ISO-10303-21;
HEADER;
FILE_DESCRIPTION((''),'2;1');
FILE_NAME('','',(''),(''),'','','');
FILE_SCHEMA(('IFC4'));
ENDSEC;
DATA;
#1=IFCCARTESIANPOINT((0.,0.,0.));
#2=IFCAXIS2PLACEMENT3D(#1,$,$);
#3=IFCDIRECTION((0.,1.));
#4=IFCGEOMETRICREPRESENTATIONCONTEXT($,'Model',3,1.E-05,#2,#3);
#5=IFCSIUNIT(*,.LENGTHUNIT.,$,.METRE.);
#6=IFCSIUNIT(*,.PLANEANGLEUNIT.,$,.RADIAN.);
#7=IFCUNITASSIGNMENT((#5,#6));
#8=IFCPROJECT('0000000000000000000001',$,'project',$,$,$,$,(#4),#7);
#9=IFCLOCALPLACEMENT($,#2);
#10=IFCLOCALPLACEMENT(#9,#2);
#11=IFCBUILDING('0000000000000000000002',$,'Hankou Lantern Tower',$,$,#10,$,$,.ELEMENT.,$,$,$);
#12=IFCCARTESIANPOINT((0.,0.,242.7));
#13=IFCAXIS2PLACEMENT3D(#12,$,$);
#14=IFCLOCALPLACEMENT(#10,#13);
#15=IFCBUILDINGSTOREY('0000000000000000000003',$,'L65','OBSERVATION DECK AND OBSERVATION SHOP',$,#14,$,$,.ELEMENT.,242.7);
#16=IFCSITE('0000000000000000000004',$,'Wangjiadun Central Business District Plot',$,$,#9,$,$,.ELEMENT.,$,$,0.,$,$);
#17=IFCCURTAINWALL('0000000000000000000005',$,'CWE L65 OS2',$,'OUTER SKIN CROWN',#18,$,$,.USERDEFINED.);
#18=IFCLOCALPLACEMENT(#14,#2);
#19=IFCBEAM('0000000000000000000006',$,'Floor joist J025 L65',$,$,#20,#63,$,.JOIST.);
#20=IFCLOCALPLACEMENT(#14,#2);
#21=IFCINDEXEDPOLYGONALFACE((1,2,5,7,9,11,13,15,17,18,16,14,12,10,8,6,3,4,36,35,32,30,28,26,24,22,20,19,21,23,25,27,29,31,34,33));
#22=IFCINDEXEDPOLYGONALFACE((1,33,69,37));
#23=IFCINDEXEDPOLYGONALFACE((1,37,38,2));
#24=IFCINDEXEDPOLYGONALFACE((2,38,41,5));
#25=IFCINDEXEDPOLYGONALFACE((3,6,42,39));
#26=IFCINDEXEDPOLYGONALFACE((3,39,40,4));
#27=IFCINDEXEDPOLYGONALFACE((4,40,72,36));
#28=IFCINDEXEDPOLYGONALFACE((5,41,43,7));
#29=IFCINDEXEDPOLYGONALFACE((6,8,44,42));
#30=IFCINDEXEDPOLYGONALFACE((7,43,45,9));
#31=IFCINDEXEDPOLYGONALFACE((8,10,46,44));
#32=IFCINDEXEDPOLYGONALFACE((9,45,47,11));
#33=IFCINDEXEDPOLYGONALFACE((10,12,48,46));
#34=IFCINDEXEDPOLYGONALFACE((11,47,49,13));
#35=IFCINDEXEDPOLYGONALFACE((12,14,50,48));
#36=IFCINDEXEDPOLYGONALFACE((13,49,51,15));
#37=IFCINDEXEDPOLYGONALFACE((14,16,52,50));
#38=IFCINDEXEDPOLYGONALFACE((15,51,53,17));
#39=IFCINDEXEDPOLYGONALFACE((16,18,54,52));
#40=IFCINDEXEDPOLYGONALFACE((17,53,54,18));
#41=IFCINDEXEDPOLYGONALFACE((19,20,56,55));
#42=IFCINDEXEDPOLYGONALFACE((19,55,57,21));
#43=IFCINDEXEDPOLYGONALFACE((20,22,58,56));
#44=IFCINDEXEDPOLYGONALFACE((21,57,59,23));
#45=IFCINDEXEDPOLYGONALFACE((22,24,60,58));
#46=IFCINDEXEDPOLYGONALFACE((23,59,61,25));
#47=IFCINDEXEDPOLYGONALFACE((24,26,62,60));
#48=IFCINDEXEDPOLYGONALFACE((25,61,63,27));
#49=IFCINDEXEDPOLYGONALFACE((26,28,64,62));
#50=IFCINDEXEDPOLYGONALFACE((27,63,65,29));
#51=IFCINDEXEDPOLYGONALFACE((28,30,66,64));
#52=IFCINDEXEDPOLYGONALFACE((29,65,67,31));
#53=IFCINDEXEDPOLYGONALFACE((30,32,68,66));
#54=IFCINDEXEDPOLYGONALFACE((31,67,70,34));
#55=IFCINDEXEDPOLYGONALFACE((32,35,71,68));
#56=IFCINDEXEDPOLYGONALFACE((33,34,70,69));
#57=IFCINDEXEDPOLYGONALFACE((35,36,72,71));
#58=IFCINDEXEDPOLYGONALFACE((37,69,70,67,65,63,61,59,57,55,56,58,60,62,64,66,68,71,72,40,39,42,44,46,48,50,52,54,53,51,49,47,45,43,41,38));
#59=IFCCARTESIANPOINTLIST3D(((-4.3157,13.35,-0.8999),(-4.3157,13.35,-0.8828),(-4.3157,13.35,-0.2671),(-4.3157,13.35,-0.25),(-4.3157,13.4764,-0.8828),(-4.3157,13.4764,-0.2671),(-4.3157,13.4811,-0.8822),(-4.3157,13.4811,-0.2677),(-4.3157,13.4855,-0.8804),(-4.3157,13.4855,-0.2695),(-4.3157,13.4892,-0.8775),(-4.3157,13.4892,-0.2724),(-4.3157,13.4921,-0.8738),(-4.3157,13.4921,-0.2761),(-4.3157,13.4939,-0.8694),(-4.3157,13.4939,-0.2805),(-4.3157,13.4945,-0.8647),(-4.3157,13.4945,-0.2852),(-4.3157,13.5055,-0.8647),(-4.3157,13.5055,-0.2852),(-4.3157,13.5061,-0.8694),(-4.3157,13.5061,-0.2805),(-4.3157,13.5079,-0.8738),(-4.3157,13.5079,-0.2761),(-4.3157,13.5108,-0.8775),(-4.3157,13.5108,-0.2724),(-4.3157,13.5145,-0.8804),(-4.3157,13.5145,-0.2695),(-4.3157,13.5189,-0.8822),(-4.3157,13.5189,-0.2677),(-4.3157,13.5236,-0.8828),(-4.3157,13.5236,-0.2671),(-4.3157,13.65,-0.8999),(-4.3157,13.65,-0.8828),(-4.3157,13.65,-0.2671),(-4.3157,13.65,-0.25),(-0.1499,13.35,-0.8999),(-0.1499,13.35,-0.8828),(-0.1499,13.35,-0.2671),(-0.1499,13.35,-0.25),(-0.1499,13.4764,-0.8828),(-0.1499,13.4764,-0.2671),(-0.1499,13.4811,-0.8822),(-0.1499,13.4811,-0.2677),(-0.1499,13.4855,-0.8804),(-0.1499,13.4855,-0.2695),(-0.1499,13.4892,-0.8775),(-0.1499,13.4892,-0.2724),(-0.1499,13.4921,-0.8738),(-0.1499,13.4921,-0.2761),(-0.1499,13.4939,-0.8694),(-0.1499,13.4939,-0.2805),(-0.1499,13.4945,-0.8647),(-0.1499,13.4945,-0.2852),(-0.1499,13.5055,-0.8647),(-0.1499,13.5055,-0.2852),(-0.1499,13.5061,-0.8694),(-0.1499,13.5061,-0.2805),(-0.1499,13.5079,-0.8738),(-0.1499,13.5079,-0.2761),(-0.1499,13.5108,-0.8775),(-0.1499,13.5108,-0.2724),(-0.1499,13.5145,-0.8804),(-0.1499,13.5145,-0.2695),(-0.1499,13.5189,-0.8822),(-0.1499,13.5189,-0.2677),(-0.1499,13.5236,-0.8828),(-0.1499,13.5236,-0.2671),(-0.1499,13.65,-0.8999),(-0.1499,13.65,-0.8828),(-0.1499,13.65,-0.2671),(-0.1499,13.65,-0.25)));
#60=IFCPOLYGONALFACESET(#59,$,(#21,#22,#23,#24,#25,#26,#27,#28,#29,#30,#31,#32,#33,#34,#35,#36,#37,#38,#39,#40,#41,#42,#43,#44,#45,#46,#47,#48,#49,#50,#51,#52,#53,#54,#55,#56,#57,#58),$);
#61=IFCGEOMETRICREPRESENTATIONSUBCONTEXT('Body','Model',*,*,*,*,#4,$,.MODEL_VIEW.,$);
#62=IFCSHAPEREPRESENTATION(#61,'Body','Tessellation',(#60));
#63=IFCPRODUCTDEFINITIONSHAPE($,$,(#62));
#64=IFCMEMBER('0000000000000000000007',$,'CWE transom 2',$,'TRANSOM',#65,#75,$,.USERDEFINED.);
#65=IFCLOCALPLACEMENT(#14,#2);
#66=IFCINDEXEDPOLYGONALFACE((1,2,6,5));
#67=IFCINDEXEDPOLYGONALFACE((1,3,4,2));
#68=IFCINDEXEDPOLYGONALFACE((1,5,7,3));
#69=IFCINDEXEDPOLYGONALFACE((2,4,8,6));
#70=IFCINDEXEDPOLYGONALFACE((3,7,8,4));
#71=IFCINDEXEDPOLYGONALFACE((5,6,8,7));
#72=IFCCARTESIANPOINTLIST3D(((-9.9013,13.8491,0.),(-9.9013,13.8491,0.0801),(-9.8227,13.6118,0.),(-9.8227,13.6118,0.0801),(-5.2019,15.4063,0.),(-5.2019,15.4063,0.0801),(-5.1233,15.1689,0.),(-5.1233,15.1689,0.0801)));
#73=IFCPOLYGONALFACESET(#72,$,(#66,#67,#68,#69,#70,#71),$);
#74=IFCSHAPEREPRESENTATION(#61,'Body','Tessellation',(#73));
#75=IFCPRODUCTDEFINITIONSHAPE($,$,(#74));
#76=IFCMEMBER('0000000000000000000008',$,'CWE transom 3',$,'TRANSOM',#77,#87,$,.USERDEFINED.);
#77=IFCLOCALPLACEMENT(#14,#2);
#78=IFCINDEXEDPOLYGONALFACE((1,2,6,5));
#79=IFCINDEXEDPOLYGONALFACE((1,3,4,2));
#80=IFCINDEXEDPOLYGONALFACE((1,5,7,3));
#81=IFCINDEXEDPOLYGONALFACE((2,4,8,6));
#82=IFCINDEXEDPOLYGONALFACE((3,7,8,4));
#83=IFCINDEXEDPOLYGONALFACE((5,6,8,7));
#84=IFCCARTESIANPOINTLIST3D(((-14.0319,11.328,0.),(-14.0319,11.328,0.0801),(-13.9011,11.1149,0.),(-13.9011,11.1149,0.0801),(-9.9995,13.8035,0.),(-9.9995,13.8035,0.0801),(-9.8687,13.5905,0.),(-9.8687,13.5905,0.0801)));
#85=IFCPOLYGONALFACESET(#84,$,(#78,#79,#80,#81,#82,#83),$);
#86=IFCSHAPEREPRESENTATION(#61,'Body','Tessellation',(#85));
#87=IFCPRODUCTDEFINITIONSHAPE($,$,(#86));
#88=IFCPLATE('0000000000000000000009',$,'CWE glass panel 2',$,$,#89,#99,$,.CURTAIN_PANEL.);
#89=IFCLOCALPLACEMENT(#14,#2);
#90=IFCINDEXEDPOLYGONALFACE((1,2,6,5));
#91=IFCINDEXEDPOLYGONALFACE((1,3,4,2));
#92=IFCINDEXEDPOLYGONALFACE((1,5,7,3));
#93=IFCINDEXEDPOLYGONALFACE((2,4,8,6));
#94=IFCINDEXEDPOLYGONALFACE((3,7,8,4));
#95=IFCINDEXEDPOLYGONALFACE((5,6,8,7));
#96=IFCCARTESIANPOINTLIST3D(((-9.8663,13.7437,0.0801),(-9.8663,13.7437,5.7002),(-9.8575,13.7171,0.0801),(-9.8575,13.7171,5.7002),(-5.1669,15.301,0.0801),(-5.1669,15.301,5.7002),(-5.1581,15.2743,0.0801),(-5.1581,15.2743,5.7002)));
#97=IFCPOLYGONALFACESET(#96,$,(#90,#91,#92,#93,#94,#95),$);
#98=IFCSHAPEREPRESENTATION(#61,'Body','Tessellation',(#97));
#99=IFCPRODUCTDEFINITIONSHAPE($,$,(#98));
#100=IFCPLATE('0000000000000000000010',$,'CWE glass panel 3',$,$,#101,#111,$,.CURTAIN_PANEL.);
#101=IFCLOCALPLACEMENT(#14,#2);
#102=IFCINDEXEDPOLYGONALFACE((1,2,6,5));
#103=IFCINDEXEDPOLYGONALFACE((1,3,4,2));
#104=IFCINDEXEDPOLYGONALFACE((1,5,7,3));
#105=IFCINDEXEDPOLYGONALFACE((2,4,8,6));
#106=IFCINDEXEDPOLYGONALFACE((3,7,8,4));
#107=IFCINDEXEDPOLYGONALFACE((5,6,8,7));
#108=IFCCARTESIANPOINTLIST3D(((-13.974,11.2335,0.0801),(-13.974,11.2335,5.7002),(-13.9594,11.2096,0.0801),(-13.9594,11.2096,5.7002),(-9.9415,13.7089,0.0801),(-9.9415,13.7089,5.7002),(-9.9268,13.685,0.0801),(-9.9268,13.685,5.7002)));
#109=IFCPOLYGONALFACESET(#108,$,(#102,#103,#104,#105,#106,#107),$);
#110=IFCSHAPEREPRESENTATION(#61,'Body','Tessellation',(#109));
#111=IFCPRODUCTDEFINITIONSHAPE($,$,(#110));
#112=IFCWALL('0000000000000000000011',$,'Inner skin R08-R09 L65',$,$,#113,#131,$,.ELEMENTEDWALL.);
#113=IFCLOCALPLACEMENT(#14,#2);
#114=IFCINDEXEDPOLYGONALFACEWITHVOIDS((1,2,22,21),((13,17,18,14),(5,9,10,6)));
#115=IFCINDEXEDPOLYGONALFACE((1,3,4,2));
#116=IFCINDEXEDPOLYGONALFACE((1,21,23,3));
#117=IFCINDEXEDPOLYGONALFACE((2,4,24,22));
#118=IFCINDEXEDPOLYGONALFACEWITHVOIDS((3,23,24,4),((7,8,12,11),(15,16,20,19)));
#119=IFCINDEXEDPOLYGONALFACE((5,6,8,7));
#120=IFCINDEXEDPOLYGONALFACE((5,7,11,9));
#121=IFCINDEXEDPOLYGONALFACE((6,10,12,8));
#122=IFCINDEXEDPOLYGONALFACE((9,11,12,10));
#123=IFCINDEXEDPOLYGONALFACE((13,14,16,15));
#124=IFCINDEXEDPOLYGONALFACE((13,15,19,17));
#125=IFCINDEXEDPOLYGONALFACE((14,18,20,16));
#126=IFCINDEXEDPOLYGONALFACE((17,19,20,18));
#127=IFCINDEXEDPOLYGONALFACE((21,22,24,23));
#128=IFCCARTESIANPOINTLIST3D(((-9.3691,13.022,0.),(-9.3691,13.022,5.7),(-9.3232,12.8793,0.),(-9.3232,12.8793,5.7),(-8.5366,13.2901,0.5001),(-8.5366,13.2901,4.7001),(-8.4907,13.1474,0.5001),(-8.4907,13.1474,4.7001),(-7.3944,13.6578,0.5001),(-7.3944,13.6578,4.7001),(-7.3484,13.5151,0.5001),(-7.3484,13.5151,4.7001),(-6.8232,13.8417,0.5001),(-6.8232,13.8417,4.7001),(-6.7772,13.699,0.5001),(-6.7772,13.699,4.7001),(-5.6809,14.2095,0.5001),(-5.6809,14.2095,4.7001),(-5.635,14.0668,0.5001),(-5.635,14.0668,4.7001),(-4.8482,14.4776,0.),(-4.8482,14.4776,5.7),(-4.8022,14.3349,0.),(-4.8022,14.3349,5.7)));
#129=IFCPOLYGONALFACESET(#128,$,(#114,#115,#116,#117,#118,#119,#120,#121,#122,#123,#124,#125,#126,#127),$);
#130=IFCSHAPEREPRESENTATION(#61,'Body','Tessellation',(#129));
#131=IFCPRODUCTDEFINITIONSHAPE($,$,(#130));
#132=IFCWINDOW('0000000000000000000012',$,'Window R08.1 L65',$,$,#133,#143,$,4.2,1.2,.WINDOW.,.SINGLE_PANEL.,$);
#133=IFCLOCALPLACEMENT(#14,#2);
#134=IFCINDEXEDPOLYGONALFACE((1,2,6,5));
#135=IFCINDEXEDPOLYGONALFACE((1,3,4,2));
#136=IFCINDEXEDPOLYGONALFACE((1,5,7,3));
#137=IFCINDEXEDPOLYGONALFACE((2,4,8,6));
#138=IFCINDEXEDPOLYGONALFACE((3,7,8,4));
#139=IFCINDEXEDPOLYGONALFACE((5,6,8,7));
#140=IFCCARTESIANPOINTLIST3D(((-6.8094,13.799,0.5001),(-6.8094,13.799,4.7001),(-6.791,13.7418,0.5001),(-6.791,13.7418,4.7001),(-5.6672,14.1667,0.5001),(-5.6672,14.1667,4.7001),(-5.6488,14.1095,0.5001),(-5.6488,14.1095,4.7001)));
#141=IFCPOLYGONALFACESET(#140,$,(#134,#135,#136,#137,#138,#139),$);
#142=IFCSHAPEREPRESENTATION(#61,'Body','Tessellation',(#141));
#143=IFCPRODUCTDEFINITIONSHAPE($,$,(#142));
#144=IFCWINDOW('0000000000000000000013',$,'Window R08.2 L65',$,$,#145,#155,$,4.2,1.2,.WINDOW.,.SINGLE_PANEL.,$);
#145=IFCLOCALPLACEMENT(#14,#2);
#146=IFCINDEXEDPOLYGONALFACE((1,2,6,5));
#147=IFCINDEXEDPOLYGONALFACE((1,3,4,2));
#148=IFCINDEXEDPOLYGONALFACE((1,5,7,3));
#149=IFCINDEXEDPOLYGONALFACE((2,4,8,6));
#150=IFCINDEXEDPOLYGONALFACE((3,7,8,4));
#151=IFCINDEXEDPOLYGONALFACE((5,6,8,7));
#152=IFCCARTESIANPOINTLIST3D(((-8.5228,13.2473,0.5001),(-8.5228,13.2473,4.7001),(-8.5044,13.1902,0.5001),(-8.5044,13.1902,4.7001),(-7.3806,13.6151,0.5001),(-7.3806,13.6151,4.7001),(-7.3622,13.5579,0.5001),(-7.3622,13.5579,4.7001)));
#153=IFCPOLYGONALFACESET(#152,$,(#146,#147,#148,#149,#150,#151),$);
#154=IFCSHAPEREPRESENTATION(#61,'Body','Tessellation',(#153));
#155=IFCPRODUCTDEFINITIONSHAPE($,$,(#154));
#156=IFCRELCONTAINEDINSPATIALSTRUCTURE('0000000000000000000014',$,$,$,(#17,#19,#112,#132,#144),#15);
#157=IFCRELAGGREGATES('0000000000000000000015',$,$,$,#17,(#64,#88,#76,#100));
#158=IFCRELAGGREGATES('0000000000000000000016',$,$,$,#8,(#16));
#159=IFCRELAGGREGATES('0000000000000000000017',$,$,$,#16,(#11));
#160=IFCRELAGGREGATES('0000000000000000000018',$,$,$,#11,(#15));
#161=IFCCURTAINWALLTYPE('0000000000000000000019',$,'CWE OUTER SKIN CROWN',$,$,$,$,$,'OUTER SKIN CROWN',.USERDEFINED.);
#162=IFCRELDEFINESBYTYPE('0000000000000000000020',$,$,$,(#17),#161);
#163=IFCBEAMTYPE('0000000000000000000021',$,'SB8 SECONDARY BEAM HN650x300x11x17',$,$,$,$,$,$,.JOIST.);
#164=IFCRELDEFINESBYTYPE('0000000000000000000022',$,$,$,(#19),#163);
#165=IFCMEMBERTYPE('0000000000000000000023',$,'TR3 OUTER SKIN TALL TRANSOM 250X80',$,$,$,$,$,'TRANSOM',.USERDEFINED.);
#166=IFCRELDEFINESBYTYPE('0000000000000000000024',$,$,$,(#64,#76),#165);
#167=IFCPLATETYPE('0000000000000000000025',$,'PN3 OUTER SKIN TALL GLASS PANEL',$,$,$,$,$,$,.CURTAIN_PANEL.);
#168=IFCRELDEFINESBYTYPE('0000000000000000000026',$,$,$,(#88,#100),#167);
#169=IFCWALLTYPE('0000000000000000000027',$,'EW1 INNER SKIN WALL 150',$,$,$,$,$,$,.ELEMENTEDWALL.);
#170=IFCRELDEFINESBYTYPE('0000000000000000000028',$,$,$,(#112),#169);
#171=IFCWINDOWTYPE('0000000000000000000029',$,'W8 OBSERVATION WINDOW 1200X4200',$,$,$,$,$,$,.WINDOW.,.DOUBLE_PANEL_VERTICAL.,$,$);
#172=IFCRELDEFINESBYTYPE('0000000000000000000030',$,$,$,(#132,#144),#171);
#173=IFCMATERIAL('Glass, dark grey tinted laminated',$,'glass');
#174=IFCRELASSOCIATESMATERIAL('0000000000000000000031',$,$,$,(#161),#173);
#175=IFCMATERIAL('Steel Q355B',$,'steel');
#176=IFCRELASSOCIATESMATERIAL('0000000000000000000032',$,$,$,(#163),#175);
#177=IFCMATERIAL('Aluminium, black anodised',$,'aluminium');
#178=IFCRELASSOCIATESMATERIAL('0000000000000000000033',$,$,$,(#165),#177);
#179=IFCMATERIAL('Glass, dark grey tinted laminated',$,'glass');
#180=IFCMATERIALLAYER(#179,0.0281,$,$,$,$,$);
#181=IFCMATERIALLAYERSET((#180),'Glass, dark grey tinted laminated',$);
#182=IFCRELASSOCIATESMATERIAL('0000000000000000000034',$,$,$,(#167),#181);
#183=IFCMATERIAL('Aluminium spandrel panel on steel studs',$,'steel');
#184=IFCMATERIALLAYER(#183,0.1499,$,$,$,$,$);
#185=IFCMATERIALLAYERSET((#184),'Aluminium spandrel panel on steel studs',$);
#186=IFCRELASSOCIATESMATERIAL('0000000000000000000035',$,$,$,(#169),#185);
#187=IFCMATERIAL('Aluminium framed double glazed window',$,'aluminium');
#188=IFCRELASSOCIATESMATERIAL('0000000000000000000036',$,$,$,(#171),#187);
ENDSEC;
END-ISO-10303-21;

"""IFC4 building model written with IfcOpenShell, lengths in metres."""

from ifc_helpers import new_model, si_unit, direction, frame, frame_2d, origin, origin_2d, place, context, subcontext, project, spatial, rectangle, i_section, extrude, material, layer, layer_set, material_profile, profile_set, type_object, element, fill, aggregate, save


model = new_model("IFC4")

# Units and contexts
model_context = context("Model", 3, precision=1e-05, world=origin(), true_north=direction((0.0, 1.0)))
body_context = subcontext(model_context, "Body", "Model", "MODEL_VIEW")
ifc_project = project(units=[si_unit("LENGTHUNIT", "METRE"), si_unit("PLANEANGLEUNIT", "RADIAN")], contexts=[model_context])

# Site, building, storey
site_placement = place(None, origin())
site = spatial("IfcSite", under=ifc_project, at=site_placement, Name="Wangjiadun Central Business District Plot", CompositionType="ELEMENT", RefElevation=0.0)
building_placement = place(site_placement, origin())
building = spatial("IfcBuilding", under=site, at=building_placement, Name="Hankou Lantern Tower", CompositionType="ELEMENT")
storey_placement = place(building_placement, frame((0.0, 0.0, 242.7)))
storey = spatial("IfcBuildingStorey", under=building, at=storey_placement, Name="L65", Description="OBSERVATION DECK AND OBSERVATION SHOP", CompositionType="ELEMENT", Elevation=242.7)

# Curtain wall
ifc_material_1 = material(Name="Glass, dark grey tinted laminated", Category="glass")
curtain_wall_type = type_object("IfcCurtainWallType", Name="CWE OUTER SKIN CROWN", ElementType="OUTER SKIN CROWN", PredefinedType="USERDEFINED", material=ifc_material_1)
curtain_wall_placement = place(storey_placement, origin())
curtain_wall = element("IfcCurtainWall", 1, at=curtain_wall_placement, inside=storey, type_object=curtain_wall_type, Name="CWE L65 OS2", ObjectType="OUTER SKIN CROWN", PredefinedType="USERDEFINED")

# Beam
ifc_material_2 = material(Name="Steel Q355B", Category="steel")
ifc_material_profile_1 = material_profile(ifc_material_2, i_section(OverallWidth=0.3, OverallDepth=0.6499, WebThickness=0.011, FlangeThickness=0.0171, FilletRadius=0.0181, at=origin_2d()), Name="HN650x300x11x17")
ifc_profile_set_1 = profile_set([ifc_material_profile_1], Name="Steel Q355B")
beam_type_1 = type_object("IfcBeamType", Name="SB8 SECONDARY BEAM HN650x300x11x17", PredefinedType="JOIST", material=ifc_profile_set_1)
beam_1_placement = place(storey_placement, frame((-4.3157, 13.5, -0.575), z_axis=(1.0, 0.0, 0.0), x_axis=(0.0, 1.0, 0.0)))
element("IfcBeam", 2, at=beam_1_placement, inside=storey, type_object=beam_type_1, Name="Floor joist J025 L65", PredefinedType="JOIST", context=body_context, shape_type="SweptSolid", body=[
    extrude(i_section(OverallWidth=0.3, OverallDepth=0.6499, WebThickness=0.011, FlangeThickness=0.0171, FilletRadius=0.0181, at=origin_2d()), origin(), (0.0, 0.0, 1.0), 4.1658),
])

# Members
ifc_material_3 = material(Name="Aluminium, black anodised", Category="aluminium")
ifc_material_profile_2 = material_profile(ifc_material_3, rectangle(XDim=0.25, YDim=0.0801, at=origin_2d()), Name="TR3 250X80")
ifc_profile_set_2 = profile_set([ifc_material_profile_2], Name="Aluminium, black anodised")
member_type_1 = type_object("IfcMemberType", Name="TR3 OUTER SKIN TALL TRANSOM 250X80", ElementType="TRANSOM", PredefinedType="USERDEFINED", material=ifc_profile_set_2)
member_1_placement = place(storey_placement, frame((-5.1626, 15.2876, 0.04), z_axis=(-0.949249, -0.314526, 0.0), x_axis=(0.314526, -0.949249, 0.0)))
member_1 = element("IfcMember", 3, at=member_1_placement, type_object=member_type_1, Name="CWE transom 2", ObjectType="TRANSOM", PredefinedType="USERDEFINED", context=body_context, shape_type="SweptSolid", body=[
    extrude(rectangle(XDim=0.25, YDim=0.0801, at=origin_2d()), origin(), (0.0, 0.0, 1.0), 4.9507),
])
member_2_placement = place(storey_placement, frame((-9.9341, 13.697, 0.04), z_axis=(-0.852218, -0.523187, 0.0), x_axis=(0.523187, -0.852218, 0.0)))
member_2 = element("IfcMember", 4, at=member_2_placement, type_object=member_type_1, Name="CWE transom 3", ObjectType="TRANSOM", PredefinedType="USERDEFINED", context=body_context, shape_type="SweptSolid", body=[
    extrude(rectangle(XDim=0.25, YDim=0.0801, at=origin_2d()), origin(), (0.0, 0.0, 1.0), 4.7317),
])

# Plates
ifc_material_4 = material(Name="Glass, dark grey tinted laminated", Category="glass")
ifc_layer_1 = layer(ifc_material_4, 0.0281)
ifc_layer_set_1 = layer_set([ifc_layer_1], Name="Glass, dark grey tinted laminated")
plate_type = type_object("IfcPlateType", Name="PN3 OUTER SKIN TALL GLASS PANEL", PredefinedType="CURTAIN_PANEL", material=ifc_layer_set_1)
plate_1_placement = place(storey_placement, frame((-7.5122, 14.509, 0.0801), z_axis=(0.0, 0.0, 1.0), x_axis=(-0.949241, -0.314551, 0.0)))
plate_1 = element("IfcPlate", 5, at=plate_1_placement, type_object=plate_type, Name="CWE glass panel 2", PredefinedType="CURTAIN_PANEL", context=body_context, shape_type="SweptSolid", body=[
    extrude(rectangle(XDim=4.9507, YDim=0.0281, at=origin_2d()), origin(), (0.0, 0.0, 1.0), 5.6201),
])
plate_2_placement = place(storey_placement, frame((-11.9504, 12.4592, 0.0801), z_axis=(0.0, 0.0, 1.0), x_axis=(-0.852237, -0.523156, 0.0)))
plate_2 = element("IfcPlate", 6, at=plate_2_placement, type_object=plate_type, Name="CWE glass panel 3", PredefinedType="CURTAIN_PANEL", context=body_context, shape_type="SweptSolid", body=[
    extrude(rectangle(XDim=4.7317, YDim=0.0281, at=origin_2d()), origin(), (0.0, 0.0, 1.0), 5.6201),
])
aggregate(curtain_wall, [member_1, plate_1, member_2, plate_2])

# Wall, openings, windows
ifc_material_5 = material(Name="Aluminium spandrel panel on steel studs", Category="steel")
ifc_layer_2 = layer(ifc_material_5, 0.1499)
ifc_layer_set_2 = layer_set([ifc_layer_2], Name="Aluminium spandrel panel on steel studs")
wall_type_1 = type_object("IfcWallType", Name="EW1 INNER SKIN WALL 150", PredefinedType="ELEMENTEDWALL", material=ifc_layer_set_2)
wall_1_placement = place(storey_placement, frame((-4.8252, 14.4062, 0.0), z_axis=(0.0, 0.0, 1.0), x_axis=(-0.951882, -0.306465, 0.0)))
wall_1 = element("IfcWall", 7, at=wall_1_placement, inside=storey, type_object=wall_type_1, Name="Inner skin R08-R09 L65", PredefinedType="ELEMENTEDWALL", context=body_context, shape_type="SweptSolid", body=[
    extrude(rectangle(XDim=4.7495, YDim=0.1499, at=frame_2d((2.3748, 0.0))), origin(), (0.0, 0.0, 1.0), 5.7),
])
opening_1_placement = place(wall_1_placement, frame((0.8748, 0.0, 0.5)))
opening_1 = element("IfcOpeningElement", 8, at=opening_1_placement, cuts=wall_1, PredefinedType="OPENING", context=body_context, shape_type="SweptSolid", body=[
    extrude(rectangle(XDim=1.2, YDim=4.2, at=frame_2d((0.6001, 2.1001))), frame((0.0, 0.085, 0.0), z_axis=(0.0, -1.0, 0.0), x_axis=(1.0, 0.0, 0.0)), (0.0, 0.0, 1.0), 0.1699),
])
opening_2_placement = place(wall_1_placement, frame((2.6748, 0.0, 0.5)))
opening_2 = element("IfcOpeningElement", 9, at=opening_2_placement, cuts=wall_1, PredefinedType="OPENING", context=body_context, shape_type="SweptSolid", body=[
    extrude(rectangle(XDim=1.2, YDim=4.2, at=frame_2d((0.6001, 2.1001))), frame((0.0, 0.085, 0.0), z_axis=(0.0, -1.0, 0.0), x_axis=(1.0, 0.0, 0.0)), (0.0, 0.0, 1.0), 0.1699),
])
ifc_material_6 = material(Name="Aluminium framed double glazed window", Category="aluminium")
window_type = type_object("IfcWindowType", Name="W8 OBSERVATION WINDOW 1200X4200", PartitioningType="DOUBLE_PANEL_VERTICAL", PredefinedType="WINDOW", material=ifc_material_6)
window_1_placement = place(opening_1_placement, origin())
window_1 = element("IfcWindow", 10, at=window_1_placement, inside=storey, type_object=window_type, Name="Window R08.1 L65", OverallHeight=4.2, OverallWidth=1.2, PartitioningType="SINGLE_PANEL", PredefinedType="WINDOW", context=body_context, shape_type="SweptSolid", body=[
    extrude(rectangle(XDim=1.2, YDim=4.2, at=frame_2d((0.6001, 2.1001))), frame((0.0, 0.03, 0.0), z_axis=(0.0, -1.0, 0.0), x_axis=(1.0, 0.0, 0.0)), (0.0, 0.0, 1.0), 0.0601),
])
fill(opening_1, window_1)
window_2_placement = place(opening_2_placement, origin())
window_2 = element("IfcWindow", 11, at=window_2_placement, inside=storey, type_object=window_type, Name="Window R08.2 L65", OverallHeight=4.2, OverallWidth=1.2, PartitioningType="SINGLE_PANEL", PredefinedType="WINDOW", context=body_context, shape_type="SweptSolid", body=[
    extrude(rectangle(XDim=1.2, YDim=4.2, at=frame_2d((0.6001, 2.1001))), frame((0.0, 0.03, 0.0), z_axis=(0.0, -1.0, 0.0), x_axis=(1.0, 0.0, 0.0)), (0.0, 0.0, 1.0), 0.0601),
])
fill(opening_2, window_2)

save(model, "model.ifc")
